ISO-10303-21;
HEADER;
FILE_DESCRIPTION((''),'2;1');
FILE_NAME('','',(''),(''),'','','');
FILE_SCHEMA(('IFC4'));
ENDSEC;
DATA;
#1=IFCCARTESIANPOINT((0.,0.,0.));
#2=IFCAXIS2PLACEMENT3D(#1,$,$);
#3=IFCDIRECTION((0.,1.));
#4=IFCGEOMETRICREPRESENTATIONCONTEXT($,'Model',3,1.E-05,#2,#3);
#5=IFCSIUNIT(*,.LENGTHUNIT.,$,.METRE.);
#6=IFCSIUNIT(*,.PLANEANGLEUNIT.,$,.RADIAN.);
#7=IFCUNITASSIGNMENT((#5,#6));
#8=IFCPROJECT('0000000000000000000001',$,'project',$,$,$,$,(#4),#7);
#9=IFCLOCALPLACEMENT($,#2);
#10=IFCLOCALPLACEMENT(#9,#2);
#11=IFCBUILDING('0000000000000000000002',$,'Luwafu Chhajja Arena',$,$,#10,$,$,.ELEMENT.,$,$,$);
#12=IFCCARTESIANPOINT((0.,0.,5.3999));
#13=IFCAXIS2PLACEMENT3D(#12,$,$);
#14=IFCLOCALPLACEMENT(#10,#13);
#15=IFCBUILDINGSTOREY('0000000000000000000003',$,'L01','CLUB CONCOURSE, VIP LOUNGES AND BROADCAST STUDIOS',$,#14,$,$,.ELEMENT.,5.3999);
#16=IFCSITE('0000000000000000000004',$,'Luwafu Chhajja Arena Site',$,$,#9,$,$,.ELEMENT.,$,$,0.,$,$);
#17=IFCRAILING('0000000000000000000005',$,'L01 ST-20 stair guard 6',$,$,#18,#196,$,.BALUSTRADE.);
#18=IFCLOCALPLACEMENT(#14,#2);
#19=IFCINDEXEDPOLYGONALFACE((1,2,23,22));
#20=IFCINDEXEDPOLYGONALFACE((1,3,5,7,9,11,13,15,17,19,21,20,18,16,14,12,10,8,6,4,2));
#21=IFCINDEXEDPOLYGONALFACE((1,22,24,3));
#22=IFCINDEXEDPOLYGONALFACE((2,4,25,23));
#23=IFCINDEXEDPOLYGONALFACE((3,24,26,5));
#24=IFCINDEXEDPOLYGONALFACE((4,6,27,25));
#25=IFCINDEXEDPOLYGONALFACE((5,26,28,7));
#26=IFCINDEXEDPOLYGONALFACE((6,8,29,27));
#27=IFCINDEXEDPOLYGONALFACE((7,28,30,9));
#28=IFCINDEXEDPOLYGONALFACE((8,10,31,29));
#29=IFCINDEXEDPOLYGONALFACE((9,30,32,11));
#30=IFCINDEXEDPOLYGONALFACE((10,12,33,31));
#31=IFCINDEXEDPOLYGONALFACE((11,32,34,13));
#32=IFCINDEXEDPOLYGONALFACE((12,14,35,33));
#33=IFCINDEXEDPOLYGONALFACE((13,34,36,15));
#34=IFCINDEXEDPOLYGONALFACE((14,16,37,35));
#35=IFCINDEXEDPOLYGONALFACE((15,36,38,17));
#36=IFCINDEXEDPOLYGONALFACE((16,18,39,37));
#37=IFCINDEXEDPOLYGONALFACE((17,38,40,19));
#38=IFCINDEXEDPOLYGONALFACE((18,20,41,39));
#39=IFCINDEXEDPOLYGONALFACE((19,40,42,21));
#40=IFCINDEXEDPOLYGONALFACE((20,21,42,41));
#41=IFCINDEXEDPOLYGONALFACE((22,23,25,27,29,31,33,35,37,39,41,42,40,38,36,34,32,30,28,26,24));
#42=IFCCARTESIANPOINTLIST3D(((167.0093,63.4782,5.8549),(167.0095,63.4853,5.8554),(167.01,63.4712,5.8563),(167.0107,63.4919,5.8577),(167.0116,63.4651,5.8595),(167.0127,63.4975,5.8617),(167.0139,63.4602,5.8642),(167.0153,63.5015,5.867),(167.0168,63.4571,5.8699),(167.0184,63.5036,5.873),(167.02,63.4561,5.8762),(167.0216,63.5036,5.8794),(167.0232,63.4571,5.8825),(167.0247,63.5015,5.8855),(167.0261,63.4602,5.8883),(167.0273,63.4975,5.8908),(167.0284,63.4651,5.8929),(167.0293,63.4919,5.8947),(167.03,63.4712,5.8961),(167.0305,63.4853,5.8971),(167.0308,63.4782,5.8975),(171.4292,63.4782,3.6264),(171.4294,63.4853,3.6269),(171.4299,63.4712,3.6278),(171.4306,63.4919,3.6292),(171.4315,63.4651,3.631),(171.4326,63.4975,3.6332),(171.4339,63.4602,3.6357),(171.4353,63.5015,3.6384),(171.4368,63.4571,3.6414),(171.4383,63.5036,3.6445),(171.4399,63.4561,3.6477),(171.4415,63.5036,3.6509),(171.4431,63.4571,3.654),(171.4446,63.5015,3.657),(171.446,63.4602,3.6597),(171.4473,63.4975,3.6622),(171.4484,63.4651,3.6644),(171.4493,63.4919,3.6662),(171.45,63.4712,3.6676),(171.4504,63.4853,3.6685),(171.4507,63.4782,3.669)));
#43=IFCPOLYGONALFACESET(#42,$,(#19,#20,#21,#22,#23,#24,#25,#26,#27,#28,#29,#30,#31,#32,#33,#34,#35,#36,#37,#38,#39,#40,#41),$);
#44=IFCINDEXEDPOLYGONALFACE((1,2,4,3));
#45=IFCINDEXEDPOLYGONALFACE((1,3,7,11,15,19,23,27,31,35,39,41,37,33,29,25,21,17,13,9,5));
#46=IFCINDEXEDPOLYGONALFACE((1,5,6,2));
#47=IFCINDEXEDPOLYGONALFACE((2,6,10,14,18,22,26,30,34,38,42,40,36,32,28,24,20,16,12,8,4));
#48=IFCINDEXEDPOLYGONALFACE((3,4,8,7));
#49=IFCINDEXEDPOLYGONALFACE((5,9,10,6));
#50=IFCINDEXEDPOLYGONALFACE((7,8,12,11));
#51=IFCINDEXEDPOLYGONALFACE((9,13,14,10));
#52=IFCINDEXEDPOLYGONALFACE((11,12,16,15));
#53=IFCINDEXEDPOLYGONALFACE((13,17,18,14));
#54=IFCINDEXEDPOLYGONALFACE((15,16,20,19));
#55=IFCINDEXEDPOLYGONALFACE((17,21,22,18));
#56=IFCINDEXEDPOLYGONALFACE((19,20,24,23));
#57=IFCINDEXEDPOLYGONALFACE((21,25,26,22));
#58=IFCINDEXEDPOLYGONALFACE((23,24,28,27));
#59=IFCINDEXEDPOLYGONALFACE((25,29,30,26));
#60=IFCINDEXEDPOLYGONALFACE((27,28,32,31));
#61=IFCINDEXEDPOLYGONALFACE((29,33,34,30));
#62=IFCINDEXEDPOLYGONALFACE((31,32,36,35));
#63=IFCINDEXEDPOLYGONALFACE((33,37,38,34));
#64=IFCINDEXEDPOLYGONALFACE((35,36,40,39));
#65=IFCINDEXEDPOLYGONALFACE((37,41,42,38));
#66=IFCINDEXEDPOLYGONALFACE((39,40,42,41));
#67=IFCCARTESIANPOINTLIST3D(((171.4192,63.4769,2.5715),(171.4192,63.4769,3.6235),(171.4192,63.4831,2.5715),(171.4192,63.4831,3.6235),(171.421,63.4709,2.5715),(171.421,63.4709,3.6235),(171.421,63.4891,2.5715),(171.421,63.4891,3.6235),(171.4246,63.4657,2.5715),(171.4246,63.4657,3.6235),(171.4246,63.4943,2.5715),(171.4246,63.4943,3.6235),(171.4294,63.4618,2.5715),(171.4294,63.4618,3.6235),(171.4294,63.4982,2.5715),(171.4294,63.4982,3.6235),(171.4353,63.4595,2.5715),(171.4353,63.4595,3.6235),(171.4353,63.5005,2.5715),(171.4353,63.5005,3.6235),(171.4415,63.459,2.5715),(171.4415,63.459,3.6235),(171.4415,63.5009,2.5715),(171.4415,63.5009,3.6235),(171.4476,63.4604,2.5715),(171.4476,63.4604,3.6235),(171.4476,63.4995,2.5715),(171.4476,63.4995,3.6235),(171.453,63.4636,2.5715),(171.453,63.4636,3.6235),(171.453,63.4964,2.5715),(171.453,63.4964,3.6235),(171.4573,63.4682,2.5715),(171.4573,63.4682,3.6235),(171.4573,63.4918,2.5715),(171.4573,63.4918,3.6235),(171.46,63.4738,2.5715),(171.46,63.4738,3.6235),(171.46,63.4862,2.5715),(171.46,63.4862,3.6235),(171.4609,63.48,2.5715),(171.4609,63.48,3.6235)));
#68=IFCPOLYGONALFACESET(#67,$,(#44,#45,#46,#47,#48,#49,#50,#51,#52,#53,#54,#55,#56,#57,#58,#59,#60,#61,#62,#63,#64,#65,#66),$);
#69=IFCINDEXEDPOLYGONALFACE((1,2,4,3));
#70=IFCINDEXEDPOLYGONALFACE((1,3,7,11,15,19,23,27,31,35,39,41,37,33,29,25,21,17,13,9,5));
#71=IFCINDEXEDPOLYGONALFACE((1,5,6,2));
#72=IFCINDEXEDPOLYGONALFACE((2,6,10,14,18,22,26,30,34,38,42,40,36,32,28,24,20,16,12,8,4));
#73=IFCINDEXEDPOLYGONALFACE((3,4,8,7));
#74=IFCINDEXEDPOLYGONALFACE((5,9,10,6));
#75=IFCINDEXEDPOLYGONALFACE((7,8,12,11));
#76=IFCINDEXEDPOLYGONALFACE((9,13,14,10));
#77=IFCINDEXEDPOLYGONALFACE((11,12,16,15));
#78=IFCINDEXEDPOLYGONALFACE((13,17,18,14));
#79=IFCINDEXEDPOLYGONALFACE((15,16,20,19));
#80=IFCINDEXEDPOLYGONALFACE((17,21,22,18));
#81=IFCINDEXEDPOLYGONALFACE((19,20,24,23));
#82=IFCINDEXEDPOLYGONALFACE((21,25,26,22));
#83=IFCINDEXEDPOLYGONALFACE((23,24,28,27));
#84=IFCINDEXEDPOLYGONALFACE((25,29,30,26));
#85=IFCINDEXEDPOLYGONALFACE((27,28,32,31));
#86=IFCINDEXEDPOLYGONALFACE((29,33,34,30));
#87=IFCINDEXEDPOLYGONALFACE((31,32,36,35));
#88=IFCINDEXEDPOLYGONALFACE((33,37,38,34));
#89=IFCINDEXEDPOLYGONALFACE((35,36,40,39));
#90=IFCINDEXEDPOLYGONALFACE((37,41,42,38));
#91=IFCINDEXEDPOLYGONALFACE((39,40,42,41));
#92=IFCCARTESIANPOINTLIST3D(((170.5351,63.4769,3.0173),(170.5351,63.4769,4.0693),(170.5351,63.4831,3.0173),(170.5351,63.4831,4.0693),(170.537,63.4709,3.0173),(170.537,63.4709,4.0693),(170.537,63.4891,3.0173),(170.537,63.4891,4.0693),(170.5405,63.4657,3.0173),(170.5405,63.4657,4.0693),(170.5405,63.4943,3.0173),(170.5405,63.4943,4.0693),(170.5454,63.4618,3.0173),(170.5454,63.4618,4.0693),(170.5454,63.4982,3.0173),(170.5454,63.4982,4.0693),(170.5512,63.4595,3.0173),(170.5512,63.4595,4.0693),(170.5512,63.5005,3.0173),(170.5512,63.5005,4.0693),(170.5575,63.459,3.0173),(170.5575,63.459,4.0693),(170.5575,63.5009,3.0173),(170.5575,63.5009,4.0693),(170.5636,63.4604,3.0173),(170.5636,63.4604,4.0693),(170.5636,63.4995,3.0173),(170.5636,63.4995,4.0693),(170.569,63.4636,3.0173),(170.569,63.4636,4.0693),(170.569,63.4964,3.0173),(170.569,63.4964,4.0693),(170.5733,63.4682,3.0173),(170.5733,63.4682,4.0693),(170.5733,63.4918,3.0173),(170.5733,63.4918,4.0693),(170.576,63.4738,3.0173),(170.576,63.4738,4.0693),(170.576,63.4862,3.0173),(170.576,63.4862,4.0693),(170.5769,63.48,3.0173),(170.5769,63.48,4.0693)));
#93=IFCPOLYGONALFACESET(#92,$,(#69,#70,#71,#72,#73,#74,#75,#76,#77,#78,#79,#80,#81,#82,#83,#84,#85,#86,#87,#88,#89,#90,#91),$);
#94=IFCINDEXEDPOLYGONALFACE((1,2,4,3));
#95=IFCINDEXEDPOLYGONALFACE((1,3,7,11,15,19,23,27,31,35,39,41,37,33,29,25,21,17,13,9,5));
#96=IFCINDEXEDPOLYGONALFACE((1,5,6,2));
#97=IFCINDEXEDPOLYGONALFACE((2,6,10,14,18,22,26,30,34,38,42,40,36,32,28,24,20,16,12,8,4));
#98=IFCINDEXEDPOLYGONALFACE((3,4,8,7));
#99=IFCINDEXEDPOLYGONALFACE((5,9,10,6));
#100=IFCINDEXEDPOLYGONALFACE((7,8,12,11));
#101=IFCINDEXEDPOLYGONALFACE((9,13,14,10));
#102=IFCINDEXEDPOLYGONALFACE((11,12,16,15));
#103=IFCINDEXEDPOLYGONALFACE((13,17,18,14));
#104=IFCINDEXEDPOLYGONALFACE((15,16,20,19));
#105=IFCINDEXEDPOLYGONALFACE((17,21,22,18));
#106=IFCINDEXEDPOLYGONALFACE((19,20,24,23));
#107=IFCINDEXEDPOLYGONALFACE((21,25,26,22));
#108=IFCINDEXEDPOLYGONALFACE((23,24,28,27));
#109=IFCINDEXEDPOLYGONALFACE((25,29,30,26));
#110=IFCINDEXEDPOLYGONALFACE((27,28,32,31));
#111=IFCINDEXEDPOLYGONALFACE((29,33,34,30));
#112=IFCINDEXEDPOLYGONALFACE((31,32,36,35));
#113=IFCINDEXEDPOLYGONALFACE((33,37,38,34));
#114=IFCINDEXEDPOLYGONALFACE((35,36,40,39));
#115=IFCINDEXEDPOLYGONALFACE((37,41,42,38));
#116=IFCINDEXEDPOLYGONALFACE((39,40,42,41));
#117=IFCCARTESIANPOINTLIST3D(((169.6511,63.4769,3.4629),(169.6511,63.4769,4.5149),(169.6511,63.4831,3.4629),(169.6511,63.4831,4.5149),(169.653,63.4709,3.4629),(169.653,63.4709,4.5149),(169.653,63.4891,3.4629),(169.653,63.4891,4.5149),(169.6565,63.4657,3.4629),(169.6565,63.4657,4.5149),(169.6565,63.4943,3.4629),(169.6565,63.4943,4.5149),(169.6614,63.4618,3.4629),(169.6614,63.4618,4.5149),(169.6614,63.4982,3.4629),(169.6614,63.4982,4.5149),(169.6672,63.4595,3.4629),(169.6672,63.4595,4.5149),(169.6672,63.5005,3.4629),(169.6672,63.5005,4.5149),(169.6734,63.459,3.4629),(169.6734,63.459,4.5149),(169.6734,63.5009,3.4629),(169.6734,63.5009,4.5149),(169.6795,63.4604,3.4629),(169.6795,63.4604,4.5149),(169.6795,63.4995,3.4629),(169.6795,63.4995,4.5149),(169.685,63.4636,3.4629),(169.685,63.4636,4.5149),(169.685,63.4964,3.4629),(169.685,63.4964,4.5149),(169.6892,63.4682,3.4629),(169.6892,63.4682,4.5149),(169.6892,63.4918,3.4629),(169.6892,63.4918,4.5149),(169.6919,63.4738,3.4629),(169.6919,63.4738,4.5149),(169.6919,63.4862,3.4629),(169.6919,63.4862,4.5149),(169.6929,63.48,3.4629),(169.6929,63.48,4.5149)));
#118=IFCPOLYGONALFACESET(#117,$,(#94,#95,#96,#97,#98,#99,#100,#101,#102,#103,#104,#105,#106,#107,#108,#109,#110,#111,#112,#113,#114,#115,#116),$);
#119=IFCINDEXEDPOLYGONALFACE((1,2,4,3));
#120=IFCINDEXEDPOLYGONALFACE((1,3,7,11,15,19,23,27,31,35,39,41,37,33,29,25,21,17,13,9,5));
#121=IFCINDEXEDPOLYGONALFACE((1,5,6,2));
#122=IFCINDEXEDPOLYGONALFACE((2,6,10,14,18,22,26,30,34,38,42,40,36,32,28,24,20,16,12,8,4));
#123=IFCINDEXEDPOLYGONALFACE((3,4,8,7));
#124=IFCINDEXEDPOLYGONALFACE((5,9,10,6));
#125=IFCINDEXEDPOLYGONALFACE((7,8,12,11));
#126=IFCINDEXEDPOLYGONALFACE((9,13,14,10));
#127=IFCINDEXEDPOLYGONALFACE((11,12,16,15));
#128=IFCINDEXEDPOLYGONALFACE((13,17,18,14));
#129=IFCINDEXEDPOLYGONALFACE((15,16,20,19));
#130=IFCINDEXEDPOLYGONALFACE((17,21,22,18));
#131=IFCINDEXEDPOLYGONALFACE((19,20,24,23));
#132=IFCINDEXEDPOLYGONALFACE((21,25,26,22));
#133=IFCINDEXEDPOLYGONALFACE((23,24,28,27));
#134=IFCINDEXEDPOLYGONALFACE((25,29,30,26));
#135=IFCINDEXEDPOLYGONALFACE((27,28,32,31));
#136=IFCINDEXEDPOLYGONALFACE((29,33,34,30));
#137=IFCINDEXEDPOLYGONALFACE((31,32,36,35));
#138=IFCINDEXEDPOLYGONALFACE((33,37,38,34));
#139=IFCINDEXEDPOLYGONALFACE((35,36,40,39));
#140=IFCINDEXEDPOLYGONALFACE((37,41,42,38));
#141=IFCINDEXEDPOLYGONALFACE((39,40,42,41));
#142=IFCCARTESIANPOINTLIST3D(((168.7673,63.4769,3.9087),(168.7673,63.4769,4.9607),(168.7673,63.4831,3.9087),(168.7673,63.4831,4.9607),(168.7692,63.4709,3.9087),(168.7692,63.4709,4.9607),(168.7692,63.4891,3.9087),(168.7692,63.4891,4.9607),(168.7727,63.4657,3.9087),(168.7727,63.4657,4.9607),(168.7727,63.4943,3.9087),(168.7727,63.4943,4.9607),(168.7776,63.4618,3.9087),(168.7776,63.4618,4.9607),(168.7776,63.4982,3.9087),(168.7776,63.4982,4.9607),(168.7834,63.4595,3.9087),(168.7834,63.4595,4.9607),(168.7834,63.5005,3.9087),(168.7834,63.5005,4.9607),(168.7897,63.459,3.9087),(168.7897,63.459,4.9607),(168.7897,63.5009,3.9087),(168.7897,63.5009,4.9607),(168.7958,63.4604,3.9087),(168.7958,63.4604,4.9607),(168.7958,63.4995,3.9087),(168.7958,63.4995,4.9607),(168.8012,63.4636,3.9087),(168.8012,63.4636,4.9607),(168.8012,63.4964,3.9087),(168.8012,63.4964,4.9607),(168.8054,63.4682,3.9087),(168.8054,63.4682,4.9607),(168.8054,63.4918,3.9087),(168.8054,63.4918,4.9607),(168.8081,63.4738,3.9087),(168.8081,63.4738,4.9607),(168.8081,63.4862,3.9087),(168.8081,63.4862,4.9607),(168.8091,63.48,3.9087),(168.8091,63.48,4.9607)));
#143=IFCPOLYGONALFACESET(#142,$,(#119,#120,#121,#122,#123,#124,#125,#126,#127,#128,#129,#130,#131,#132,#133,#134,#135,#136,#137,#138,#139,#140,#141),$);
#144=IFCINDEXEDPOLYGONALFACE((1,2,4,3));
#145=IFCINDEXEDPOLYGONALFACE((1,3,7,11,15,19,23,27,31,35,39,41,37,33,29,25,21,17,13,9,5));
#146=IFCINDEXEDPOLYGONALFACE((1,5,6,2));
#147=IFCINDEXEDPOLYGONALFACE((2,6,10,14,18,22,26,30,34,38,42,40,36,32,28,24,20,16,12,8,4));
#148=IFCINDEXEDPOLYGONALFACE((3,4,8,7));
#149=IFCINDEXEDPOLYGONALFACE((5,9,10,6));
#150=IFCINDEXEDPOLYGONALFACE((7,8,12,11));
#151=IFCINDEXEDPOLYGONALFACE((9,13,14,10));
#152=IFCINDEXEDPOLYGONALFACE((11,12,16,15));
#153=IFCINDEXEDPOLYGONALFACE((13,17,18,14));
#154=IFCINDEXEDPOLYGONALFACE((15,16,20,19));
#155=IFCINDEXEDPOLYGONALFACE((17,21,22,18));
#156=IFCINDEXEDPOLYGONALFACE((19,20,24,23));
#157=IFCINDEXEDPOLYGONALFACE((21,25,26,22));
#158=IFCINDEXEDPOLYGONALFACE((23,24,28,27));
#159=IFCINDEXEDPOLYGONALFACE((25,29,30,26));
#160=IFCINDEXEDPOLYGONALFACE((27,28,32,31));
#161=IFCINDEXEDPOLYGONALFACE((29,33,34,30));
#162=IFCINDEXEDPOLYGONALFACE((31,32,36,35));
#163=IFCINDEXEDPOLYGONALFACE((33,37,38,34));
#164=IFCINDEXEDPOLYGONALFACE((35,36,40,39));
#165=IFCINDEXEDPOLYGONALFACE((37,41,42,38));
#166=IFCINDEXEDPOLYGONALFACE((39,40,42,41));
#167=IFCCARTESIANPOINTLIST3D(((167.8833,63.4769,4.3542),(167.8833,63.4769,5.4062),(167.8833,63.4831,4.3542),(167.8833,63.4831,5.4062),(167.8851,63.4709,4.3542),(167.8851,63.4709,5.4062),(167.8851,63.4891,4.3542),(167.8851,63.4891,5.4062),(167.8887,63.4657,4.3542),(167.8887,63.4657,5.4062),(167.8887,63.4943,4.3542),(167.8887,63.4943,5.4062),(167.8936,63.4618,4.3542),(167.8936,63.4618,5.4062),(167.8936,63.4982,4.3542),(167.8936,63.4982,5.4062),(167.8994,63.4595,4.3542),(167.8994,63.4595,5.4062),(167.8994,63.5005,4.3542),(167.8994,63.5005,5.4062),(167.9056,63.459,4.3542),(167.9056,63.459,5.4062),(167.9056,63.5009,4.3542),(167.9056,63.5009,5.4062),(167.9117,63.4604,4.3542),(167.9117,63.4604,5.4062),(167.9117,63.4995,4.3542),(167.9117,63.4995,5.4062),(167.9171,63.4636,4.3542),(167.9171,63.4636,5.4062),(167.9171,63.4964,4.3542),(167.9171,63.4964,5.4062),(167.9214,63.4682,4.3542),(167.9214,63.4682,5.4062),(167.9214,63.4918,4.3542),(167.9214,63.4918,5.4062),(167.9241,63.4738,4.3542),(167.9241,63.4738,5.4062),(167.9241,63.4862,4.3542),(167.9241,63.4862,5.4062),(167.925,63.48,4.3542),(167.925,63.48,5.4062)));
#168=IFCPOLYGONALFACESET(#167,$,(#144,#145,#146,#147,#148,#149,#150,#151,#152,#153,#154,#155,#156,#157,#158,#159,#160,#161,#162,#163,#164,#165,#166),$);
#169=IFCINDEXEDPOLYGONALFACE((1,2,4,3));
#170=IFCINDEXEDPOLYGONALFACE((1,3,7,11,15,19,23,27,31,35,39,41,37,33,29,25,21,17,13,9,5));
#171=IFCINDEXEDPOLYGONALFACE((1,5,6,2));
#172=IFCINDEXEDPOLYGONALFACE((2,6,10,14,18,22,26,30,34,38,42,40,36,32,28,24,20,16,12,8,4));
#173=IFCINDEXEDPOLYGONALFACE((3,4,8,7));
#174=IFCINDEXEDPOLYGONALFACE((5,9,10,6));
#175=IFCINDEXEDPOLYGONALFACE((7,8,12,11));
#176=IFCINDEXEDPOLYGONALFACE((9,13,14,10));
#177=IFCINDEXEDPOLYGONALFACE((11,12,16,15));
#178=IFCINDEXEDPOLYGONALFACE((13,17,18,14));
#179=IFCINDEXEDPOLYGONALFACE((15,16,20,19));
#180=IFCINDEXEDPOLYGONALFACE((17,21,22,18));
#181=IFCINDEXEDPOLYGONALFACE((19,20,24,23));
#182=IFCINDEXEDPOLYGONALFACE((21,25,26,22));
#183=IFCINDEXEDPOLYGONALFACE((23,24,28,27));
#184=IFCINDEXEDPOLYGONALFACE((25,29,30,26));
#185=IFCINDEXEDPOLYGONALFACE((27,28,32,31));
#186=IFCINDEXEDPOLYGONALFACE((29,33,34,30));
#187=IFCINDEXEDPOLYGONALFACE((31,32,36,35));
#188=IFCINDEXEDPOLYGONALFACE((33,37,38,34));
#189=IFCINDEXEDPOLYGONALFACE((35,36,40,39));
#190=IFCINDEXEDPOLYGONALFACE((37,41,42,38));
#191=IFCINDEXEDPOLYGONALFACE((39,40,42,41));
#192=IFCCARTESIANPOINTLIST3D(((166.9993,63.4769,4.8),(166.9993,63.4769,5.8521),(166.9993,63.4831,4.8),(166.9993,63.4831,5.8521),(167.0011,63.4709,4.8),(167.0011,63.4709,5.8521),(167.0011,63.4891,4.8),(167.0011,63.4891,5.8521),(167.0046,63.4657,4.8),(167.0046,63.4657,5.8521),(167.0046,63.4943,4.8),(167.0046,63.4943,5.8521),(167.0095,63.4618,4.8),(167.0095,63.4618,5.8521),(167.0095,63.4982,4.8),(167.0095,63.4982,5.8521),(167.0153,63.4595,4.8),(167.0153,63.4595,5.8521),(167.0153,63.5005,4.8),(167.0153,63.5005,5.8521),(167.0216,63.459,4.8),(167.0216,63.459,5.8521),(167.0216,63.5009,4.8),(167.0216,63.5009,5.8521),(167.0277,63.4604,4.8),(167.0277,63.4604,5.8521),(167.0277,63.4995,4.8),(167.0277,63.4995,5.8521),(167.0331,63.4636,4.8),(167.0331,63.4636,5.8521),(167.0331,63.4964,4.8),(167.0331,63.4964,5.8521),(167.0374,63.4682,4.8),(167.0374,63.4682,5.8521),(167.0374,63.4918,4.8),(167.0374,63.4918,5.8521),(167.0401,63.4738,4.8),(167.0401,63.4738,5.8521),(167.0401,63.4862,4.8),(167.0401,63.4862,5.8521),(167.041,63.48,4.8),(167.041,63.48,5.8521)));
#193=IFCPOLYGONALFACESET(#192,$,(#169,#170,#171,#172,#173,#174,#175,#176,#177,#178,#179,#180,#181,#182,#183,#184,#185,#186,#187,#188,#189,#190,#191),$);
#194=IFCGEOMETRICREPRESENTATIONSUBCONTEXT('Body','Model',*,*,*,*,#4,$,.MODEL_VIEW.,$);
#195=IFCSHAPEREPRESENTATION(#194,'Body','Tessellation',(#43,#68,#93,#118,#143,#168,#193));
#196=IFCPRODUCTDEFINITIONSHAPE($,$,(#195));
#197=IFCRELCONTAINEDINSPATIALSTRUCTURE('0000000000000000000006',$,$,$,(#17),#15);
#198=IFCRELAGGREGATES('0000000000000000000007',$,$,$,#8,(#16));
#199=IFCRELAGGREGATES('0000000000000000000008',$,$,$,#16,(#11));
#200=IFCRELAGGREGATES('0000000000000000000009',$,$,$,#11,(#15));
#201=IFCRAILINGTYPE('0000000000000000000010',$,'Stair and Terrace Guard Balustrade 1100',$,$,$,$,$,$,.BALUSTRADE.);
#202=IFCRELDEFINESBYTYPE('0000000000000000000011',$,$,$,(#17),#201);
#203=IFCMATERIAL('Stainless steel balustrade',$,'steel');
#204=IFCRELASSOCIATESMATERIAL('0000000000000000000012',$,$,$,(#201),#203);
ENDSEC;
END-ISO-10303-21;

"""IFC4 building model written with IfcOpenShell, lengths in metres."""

from ifc_helpers import new_model, si_unit, direction, frame, origin, origin_2d, place, context, subcontext, project, spatial, circle, extrude, material, type_object, element, save


model = new_model("IFC4")

# Units and contexts
model_context = context("Model", 3, precision=1e-05, world=origin(), true_north=direction((0.0, 1.0)))
body_context = subcontext(model_context, "Body", "Model", "MODEL_VIEW")
ifc_project = project(units=[si_unit("LENGTHUNIT", "METRE"), si_unit("PLANEANGLEUNIT", "RADIAN")], contexts=[model_context])

# Site, building, storey
site_placement = place(None, origin())
site = spatial("IfcSite", under=ifc_project, at=site_placement, Name="Luwafu Chhajja Arena Site", CompositionType="ELEMENT", RefElevation=0.0)
building_placement = place(site_placement, origin())
building = spatial("IfcBuilding", under=site, at=building_placement, Name="Luwafu Chhajja Arena", CompositionType="ELEMENT")
storey_placement = place(building_placement, frame((0.0, 0.0, 5.3999)))
storey = spatial("IfcBuildingStorey", under=building, at=storey_placement, Name="L01", Description="CLUB CONCOURSE, VIP LOUNGES AND BROADCAST STUDIOS", CompositionType="ELEMENT", Elevation=5.3999)

# Railing
ifc_material_1 = material(Name="Stainless steel balustrade", Category="steel")
railing_type_1 = type_object("IfcRailingType", Name="Stair and Terrace Guard Balustrade 1100", PredefinedType="BALUSTRADE", material=ifc_material_1)
railing_1_placement = place(storey_placement, frame((171.4399, 63.48, 2.5715)))
element("IfcRailing", 1, at=railing_1_placement, inside=storey, type_object=railing_type_1, Name="L01 ST-20 stair guard 6", PredefinedType="BALUSTRADE", context=body_context, shape_type="SweptSolid", body=[
    extrude(circle(Radius=0.0239, at=origin_2d()), frame((0.0, 0.0, 1.0762), z_axis=(-0.892923, 0.0, 0.45021), x_axis=(0.0, -1.0, 0.0)), (0.0, 0.0, 1.0), 4.95),
    extrude(circle(Radius=0.021, at=origin_2d()), origin(), (0.0, 0.0, 1.0), 1.052),
    extrude(circle(Radius=0.021, at=origin_2d()), frame((-0.884, 0.0, 0.4458)), (0.0, 0.0, 1.0), 1.052),
    extrude(circle(Radius=0.021, at=origin_2d()), frame((-1.7681, 0.0, 0.8914)), (0.0, 0.0, 1.0), 1.052),
    extrude(circle(Radius=0.021, at=origin_2d()), frame((-2.6519, 0.0, 1.3372)), (0.0, 0.0, 1.0), 1.052),
    extrude(circle(Radius=0.021, at=origin_2d()), frame((-3.5359, 0.0, 1.7827)), (0.0, 0.0, 1.0), 1.052),
    extrude(circle(Radius=0.021, at=origin_2d()), frame((-4.4199, 0.0, 2.2285)), (0.0, 0.0, 1.0), 1.052),
])

save(model, "model.ifc")
